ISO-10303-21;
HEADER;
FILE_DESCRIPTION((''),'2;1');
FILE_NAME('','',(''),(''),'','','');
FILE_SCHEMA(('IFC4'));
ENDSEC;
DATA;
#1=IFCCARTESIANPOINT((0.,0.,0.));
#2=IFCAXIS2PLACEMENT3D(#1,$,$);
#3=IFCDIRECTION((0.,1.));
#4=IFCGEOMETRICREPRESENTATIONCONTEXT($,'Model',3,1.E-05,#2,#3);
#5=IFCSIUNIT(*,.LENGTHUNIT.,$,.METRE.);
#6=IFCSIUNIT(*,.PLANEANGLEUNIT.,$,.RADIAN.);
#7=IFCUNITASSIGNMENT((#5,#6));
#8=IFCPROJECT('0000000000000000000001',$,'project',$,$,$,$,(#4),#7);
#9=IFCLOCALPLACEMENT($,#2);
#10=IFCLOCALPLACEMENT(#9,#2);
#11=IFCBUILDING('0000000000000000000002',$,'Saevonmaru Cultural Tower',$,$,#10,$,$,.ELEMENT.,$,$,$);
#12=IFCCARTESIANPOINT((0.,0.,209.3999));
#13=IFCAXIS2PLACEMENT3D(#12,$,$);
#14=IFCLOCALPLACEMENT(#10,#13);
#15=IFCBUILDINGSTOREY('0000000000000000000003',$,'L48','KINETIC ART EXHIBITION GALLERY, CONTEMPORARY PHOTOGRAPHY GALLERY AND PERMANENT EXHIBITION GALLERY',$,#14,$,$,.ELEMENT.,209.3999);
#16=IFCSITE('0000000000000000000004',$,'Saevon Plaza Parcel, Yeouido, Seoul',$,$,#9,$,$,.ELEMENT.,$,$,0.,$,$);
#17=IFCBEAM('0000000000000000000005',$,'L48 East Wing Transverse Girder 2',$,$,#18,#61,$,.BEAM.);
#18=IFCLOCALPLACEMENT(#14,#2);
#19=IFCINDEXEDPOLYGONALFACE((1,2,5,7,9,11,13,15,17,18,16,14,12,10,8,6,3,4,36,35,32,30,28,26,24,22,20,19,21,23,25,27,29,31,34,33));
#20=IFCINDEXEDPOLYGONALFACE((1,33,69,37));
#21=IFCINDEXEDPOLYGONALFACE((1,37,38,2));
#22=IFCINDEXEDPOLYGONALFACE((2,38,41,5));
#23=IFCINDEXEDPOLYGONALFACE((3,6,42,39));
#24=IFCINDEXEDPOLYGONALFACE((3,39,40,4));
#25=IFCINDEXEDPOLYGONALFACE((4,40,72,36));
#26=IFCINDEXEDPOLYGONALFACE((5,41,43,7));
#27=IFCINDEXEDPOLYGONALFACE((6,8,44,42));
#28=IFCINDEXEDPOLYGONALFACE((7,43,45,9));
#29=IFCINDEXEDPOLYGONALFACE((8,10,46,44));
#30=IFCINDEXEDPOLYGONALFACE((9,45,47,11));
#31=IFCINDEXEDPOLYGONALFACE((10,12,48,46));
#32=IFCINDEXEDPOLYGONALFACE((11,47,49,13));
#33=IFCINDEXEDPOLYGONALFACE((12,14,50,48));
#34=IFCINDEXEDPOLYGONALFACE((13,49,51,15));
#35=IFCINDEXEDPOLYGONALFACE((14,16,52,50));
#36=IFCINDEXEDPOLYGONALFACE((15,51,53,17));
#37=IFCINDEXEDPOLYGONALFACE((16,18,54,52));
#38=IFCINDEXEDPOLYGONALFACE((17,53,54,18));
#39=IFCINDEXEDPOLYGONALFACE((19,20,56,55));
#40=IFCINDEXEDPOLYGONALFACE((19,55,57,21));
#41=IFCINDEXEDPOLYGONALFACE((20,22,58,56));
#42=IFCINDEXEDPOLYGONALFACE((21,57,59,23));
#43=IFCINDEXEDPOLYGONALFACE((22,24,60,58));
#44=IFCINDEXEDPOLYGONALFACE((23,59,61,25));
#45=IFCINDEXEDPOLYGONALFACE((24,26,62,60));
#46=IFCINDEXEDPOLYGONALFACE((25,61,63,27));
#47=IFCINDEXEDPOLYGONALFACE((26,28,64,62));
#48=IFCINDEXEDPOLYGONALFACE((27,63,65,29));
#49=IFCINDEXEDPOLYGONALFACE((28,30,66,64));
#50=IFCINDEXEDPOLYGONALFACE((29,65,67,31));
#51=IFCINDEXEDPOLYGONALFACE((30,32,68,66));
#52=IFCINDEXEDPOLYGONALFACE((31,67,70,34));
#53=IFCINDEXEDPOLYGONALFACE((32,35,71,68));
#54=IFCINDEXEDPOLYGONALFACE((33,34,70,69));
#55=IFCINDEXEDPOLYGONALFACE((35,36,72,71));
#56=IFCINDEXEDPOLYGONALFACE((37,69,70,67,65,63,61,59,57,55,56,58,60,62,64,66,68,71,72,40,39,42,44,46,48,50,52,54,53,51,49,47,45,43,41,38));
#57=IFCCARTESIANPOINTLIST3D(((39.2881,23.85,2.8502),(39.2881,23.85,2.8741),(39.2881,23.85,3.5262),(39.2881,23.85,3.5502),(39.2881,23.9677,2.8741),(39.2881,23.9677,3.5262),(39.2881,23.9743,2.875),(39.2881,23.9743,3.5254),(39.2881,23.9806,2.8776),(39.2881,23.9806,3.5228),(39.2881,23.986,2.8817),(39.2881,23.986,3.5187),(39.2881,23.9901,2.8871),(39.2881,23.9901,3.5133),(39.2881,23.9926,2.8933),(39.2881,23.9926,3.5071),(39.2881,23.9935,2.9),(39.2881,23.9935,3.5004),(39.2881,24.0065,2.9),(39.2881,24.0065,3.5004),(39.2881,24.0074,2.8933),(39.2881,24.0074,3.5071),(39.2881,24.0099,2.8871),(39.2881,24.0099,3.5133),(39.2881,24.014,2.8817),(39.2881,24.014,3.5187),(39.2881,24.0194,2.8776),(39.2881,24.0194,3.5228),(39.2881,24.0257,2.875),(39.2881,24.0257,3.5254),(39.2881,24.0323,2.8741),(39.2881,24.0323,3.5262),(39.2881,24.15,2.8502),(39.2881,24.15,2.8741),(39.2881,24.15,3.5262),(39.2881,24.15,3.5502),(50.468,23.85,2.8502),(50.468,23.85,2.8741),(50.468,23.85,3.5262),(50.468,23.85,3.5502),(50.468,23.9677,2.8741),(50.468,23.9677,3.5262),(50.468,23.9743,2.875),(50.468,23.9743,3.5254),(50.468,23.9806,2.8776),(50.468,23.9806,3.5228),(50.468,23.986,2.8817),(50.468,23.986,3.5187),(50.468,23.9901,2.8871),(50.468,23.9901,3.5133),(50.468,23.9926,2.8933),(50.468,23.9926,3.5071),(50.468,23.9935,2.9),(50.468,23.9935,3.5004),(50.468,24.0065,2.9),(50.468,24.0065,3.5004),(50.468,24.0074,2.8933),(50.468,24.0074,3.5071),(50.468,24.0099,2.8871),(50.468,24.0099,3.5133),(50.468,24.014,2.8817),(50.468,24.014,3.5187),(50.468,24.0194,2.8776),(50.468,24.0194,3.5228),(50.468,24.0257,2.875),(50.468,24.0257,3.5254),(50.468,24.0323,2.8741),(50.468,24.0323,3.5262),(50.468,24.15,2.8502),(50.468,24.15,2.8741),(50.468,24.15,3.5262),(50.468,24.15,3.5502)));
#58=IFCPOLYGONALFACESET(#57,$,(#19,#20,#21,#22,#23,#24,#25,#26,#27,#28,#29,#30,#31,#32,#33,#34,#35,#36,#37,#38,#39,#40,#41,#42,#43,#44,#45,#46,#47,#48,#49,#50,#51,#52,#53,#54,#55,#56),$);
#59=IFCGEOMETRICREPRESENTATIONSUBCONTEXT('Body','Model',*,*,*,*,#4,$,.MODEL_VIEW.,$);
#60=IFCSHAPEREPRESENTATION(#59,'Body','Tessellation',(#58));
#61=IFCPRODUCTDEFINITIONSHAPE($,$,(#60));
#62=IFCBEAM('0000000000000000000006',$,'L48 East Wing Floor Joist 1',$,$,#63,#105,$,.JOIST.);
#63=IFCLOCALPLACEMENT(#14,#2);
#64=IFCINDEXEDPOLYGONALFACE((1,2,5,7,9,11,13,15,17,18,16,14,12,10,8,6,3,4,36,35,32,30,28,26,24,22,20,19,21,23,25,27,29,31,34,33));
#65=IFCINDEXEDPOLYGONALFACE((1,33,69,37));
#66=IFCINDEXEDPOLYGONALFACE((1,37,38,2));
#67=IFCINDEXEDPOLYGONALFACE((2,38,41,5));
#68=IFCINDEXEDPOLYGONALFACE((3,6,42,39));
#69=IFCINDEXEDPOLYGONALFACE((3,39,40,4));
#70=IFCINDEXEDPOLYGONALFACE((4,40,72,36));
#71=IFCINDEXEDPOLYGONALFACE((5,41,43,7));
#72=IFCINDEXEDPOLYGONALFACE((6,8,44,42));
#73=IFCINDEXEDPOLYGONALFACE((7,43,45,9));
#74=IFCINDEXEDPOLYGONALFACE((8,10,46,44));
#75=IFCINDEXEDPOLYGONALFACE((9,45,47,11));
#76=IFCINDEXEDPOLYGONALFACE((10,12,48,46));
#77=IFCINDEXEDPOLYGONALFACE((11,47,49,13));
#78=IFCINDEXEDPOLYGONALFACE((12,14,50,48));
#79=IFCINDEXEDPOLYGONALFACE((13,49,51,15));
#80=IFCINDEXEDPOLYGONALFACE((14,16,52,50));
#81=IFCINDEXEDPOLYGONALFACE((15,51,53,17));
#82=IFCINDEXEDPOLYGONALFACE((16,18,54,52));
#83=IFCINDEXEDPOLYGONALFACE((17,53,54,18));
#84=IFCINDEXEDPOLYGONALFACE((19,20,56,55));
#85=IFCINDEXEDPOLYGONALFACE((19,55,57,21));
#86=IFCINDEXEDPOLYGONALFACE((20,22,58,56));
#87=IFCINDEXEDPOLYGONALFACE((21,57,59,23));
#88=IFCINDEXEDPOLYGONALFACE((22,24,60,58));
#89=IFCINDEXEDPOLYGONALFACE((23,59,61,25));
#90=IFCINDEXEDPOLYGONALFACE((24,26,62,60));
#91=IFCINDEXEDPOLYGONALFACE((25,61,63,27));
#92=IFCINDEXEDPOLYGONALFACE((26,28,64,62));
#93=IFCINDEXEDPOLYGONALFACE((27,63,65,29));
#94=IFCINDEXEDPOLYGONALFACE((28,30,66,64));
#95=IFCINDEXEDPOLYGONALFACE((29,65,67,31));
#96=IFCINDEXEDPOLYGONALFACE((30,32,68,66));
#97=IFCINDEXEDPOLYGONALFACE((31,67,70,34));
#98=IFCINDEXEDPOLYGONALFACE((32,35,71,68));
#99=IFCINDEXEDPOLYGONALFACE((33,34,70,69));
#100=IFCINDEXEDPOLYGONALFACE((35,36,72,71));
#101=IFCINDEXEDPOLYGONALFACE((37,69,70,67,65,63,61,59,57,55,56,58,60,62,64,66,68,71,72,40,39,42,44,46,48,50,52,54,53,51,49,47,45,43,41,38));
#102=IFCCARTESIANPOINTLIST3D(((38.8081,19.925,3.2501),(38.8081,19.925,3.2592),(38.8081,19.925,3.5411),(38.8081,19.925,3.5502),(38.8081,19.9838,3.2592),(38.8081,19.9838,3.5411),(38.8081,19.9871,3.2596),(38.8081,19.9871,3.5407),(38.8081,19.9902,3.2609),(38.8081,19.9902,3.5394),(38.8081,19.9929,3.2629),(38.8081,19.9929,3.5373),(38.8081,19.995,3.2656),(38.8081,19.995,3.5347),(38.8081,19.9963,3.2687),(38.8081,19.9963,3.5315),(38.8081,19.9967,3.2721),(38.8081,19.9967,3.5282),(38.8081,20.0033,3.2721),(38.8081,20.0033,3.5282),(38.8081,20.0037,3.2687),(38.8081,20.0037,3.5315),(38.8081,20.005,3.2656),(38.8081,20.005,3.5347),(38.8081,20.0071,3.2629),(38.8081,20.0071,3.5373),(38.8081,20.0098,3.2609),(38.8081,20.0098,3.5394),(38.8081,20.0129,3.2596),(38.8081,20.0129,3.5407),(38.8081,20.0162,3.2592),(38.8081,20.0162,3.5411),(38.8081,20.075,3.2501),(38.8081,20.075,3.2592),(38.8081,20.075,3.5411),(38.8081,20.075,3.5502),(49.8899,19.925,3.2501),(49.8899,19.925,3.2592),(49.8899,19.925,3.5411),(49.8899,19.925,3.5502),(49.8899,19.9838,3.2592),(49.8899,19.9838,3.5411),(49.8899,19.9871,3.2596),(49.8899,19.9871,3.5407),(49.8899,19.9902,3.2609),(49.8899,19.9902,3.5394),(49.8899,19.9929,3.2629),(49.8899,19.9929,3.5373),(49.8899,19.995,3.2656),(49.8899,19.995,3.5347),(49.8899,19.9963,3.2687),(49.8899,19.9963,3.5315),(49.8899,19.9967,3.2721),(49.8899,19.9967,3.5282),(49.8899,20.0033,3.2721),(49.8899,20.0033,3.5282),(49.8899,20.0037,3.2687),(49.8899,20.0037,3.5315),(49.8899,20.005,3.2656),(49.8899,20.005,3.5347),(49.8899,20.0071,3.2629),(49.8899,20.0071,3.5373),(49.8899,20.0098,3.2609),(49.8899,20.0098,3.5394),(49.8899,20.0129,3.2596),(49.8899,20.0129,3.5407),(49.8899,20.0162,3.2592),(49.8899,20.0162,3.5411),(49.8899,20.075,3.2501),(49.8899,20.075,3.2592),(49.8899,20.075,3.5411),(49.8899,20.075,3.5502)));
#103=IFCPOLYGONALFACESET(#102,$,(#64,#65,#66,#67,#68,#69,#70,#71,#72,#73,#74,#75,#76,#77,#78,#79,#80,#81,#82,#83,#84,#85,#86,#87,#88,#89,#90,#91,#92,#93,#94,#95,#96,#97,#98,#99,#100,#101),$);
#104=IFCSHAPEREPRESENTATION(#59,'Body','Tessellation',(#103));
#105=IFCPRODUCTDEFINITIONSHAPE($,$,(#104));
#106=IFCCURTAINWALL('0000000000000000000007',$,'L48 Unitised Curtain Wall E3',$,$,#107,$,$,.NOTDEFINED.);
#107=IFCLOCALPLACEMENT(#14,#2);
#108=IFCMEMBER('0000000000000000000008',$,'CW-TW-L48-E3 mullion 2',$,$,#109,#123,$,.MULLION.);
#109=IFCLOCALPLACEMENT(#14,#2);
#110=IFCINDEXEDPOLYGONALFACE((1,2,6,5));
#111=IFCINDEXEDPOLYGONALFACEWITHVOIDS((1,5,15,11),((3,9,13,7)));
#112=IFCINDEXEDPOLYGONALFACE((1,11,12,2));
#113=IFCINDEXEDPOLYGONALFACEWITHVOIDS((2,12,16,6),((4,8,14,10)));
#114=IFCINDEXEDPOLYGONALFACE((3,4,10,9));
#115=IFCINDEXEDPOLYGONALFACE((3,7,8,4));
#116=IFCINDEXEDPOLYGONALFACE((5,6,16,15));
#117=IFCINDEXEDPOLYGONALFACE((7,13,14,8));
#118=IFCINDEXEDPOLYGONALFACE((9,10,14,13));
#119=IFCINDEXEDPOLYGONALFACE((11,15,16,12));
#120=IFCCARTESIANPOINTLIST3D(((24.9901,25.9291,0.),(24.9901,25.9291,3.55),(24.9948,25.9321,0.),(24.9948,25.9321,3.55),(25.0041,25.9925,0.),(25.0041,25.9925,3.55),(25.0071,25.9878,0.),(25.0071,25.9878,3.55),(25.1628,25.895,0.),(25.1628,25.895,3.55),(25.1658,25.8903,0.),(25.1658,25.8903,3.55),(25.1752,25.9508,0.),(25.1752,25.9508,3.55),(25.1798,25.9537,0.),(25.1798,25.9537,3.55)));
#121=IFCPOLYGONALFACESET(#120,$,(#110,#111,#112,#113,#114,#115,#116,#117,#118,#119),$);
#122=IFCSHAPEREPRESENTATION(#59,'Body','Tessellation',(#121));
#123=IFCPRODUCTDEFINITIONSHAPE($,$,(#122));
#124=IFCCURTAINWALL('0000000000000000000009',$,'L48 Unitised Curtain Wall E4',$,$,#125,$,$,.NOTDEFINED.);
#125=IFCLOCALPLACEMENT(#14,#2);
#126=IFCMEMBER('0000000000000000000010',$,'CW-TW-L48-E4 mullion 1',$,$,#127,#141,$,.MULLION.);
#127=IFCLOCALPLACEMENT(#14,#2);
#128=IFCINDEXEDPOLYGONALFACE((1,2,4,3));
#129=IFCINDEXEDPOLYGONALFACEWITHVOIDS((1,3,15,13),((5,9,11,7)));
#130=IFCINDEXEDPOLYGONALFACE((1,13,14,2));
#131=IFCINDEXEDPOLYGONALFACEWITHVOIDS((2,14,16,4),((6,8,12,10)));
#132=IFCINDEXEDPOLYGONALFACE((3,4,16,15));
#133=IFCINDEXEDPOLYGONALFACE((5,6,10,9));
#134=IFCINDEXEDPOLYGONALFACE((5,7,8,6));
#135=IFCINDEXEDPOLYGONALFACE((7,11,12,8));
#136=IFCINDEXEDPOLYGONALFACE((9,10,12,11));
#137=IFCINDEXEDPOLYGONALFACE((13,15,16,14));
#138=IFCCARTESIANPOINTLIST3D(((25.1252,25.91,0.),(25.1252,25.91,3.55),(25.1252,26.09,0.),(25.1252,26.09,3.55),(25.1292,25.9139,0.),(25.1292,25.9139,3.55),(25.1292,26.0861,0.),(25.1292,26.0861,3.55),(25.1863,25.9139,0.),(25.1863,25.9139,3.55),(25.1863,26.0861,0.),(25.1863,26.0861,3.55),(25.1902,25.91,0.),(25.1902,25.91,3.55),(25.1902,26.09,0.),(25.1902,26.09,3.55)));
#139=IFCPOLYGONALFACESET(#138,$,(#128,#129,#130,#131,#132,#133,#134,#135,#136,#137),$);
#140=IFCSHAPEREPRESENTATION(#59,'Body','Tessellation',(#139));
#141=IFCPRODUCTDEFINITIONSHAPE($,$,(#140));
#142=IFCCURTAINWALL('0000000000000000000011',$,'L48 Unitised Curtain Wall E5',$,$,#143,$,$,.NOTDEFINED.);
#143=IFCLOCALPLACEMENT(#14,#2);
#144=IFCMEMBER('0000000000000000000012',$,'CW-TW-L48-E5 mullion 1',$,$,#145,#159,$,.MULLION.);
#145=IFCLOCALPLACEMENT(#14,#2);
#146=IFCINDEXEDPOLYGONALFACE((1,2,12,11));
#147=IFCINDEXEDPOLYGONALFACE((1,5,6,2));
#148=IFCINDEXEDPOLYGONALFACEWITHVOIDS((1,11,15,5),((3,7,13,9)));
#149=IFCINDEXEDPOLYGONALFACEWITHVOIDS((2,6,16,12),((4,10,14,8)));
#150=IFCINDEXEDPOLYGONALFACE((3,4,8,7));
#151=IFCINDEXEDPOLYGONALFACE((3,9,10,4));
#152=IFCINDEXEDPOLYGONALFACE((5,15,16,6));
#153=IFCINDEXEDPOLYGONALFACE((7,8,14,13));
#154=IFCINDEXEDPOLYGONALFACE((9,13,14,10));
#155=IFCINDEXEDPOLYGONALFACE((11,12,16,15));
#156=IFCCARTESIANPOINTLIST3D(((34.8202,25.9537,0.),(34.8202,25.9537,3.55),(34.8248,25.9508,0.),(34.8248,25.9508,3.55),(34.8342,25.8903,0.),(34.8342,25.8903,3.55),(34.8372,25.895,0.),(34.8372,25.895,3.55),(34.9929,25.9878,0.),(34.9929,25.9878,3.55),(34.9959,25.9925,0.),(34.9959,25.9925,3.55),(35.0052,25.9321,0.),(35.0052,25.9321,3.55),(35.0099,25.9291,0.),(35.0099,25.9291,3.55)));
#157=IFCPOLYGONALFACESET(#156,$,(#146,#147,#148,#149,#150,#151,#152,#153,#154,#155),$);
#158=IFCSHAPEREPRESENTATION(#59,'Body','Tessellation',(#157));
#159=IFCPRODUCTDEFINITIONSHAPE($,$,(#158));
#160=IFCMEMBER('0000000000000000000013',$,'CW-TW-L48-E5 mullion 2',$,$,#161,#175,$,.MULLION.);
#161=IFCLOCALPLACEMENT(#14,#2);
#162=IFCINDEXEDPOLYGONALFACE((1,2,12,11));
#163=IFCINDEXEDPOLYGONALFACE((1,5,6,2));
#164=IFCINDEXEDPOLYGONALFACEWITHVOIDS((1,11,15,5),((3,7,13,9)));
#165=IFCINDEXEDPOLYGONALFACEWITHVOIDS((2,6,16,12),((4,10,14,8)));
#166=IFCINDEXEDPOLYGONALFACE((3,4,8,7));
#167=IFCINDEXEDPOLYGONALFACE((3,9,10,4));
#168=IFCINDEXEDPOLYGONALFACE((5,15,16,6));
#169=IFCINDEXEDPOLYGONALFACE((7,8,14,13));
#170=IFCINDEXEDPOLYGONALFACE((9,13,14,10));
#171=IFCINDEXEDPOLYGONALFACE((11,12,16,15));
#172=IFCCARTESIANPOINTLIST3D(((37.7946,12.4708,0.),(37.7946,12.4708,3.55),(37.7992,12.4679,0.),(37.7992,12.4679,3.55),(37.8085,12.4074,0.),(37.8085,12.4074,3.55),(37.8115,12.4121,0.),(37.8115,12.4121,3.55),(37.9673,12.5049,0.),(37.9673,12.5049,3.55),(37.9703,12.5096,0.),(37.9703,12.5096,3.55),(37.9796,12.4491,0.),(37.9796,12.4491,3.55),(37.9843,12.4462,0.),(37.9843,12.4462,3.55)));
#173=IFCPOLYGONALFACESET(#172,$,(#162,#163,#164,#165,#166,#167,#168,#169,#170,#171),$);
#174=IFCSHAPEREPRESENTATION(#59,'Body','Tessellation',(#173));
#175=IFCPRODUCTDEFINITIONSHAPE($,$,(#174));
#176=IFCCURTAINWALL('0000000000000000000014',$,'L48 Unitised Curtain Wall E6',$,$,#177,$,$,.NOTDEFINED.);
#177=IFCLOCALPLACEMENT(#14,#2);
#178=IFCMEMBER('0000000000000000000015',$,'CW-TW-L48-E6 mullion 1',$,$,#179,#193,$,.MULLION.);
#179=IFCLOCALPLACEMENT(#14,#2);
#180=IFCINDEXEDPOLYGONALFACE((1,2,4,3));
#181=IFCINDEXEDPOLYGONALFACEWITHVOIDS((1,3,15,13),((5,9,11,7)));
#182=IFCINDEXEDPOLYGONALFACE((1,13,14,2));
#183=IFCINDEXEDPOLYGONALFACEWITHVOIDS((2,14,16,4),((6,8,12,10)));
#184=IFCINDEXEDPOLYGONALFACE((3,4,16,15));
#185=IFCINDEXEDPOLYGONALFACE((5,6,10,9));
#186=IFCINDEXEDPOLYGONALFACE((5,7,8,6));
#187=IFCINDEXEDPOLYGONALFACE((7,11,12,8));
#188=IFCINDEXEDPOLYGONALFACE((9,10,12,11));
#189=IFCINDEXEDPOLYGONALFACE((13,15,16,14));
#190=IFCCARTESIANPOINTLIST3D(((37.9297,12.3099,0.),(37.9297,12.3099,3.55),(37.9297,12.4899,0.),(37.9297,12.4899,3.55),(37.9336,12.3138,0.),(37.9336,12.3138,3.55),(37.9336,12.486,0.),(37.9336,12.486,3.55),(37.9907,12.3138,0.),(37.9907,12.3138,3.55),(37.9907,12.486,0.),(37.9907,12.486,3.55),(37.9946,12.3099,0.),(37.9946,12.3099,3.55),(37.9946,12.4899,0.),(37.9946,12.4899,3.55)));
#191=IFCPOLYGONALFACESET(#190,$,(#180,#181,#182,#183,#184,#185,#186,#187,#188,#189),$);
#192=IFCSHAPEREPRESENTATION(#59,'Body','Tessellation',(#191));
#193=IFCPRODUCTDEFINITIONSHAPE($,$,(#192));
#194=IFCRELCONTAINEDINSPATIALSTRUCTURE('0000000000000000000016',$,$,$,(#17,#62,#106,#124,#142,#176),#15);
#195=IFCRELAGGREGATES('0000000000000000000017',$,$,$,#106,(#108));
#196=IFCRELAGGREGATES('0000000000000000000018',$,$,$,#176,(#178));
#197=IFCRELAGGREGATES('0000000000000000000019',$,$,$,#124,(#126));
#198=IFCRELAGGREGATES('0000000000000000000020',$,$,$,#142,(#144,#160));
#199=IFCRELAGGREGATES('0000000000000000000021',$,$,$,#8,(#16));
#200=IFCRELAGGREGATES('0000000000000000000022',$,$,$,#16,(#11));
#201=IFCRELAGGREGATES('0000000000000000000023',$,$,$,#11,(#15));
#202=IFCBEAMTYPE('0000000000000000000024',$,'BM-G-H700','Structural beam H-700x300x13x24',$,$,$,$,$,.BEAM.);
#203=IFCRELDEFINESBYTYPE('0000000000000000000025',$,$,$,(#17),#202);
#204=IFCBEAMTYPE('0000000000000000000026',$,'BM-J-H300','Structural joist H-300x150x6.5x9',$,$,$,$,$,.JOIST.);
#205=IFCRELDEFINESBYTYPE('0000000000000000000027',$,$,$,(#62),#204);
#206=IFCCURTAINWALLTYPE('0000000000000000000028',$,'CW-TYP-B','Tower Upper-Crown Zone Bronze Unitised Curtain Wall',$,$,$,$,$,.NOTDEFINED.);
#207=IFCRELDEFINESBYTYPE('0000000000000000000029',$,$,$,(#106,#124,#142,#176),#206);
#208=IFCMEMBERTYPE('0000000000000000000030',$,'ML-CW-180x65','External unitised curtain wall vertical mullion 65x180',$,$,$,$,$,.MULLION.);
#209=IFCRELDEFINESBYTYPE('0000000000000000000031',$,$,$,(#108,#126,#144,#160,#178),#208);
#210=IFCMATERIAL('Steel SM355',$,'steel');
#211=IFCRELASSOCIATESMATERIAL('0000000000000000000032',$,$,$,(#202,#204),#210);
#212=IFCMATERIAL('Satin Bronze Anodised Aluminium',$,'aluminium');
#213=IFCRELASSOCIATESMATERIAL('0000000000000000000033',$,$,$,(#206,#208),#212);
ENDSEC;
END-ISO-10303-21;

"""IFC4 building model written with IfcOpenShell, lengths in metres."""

from ifc_helpers import new_model, si_unit, direction, frame, origin, origin_2d, place, context, subcontext, project, spatial, hollow_rectangle, i_section, extrude, material, material_profile, profile_set, type_object, element, aggregate, save


model = new_model("IFC4")

# Units and contexts
model_context = context("Model", 3, precision=1e-05, world=origin(), true_north=direction((0.0, 1.0)))
body_context = subcontext(model_context, "Body", "Model", "MODEL_VIEW")
ifc_project = project(units=[si_unit("LENGTHUNIT", "METRE"), si_unit("PLANEANGLEUNIT", "RADIAN")], contexts=[model_context])

# Site, building, storey
site_placement = place(None, origin())
site = spatial("IfcSite", under=ifc_project, at=site_placement, Name="Saevon Plaza Parcel, Yeouido, Seoul", CompositionType="ELEMENT", RefElevation=0.0)
building_placement = place(site_placement, origin())
building = spatial("IfcBuilding", under=site, at=building_placement, Name="Saevonmaru Cultural Tower", CompositionType="ELEMENT")
storey_placement = place(building_placement, frame((0.0, 0.0, 209.3999)))
storey = spatial("IfcBuildingStorey", under=building, at=storey_placement, Name="L48", Description="KINETIC ART EXHIBITION GALLERY, CONTEMPORARY PHOTOGRAPHY GALLERY AND PERMANENT EXHIBITION GALLERY", CompositionType="ELEMENT", Elevation=209.3999)

# Shared definitions
ifc_material_1 = material(Name="Steel SM355", Category="steel")

# Beams
ifc_material_profile_1 = material_profile(ifc_material_1, i_section(OverallWidth=0.3, OverallDepth=0.7, WebThickness=0.0129, FlangeThickness=0.0239, FilletRadius=0.0259, at=origin_2d()), Name="H-700x300x13x24")
ifc_profile_set_1 = profile_set([ifc_material_profile_1], Name="Steel SM355")
beam_type_1 = type_object("IfcBeamType", Name="BM-G-H700", Description="Structural beam H-700x300x13x24", PredefinedType="BEAM", material=ifc_profile_set_1)
for number, where, z_axis, x_axis, name in (
    (1, (39.2881, 24.0, 3.2002), (1.0, 0.0, 0.0), (0.0, 1.0, 0.0), "L48 East Wing Transverse Girder 2"),
):
    element("IfcBeam", number, at=place(storey_placement, frame(where, z_axis=z_axis, x_axis=x_axis)), inside=storey, type_object=beam_type_1, Name=name, PredefinedType="BEAM", context=body_context, shape_type="SweptSolid", body=[
        extrude(i_section(OverallWidth=0.3, OverallDepth=0.7, WebThickness=0.0129, FlangeThickness=0.0239, FilletRadius=0.0259, at=origin_2d()), origin(), (0.0, 0.0, 1.0), 11.1799),
    ])
ifc_material_profile_2 = material_profile(ifc_material_1, i_section(OverallWidth=0.1499, OverallDepth=0.3, WebThickness=0.0066, FlangeThickness=0.009, FilletRadius=0.0129, at=origin_2d()), Name="H-300x150x6.5x9")
ifc_profile_set_2 = profile_set([ifc_material_profile_2], Name="Steel SM355")
beam_type_2 = type_object("IfcBeamType", Name="BM-J-H300", Description="Structural joist H-300x150x6.5x9", PredefinedType="JOIST", material=ifc_profile_set_2)
beam_placement = place(storey_placement, frame((38.8081, 20.0, 3.4001), z_axis=(1.0, 0.0, 0.0), x_axis=(0.0, 1.0, 0.0)))
element("IfcBeam", 2, at=beam_placement, inside=storey, type_object=beam_type_2, Name="L48 East Wing Floor Joist 1", PredefinedType="JOIST", context=body_context, shape_type="SweptSolid", body=[
    extrude(i_section(OverallWidth=0.1499, OverallDepth=0.3, WebThickness=0.0066, FlangeThickness=0.009, FilletRadius=0.0129, at=origin_2d()), origin(), (0.0, 0.0, 1.0), 11.0818),
])

# Curtain walls, members
ifc_material_2 = material(Name="Satin Bronze Anodised Aluminium", Category="aluminium")
curtain_wall_type = type_object("IfcCurtainWallType", Name="CW-TYP-B", Description="Tower Upper-Crown Zone Bronze Unitised Curtain Wall", PredefinedType="NOTDEFINED", material=ifc_material_2)
curtain_wall_1_placement = place(storey_placement, origin())
curtain_wall_1 = element("IfcCurtainWall", 3, at=curtain_wall_1_placement, inside=storey, type_object=curtain_wall_type, Name="L48 Unitised Curtain Wall E3", PredefinedType="NOTDEFINED")
ifc_material_profile_3 = material_profile(ifc_material_2, hollow_rectangle(XDim=0.0649, YDim=0.1799, WallThickness=0.0039, at=origin_2d()), Name="ALU-MULL-180x65x4")
ifc_profile_set_3 = profile_set([ifc_material_profile_3], Name="Satin Bronze Anodised Aluminium")
member_type_1 = type_object("IfcMemberType", Name="ML-CW-180x65", Description="External unitised curtain wall vertical mullion 65x180", PredefinedType="MULLION", material=ifc_profile_set_3)
member_1_placement = place(storey_placement, frame((25.085, 25.9414, 0.0), z_axis=(0.0, 0.0, 1.0), x_axis=(0.215413, 0.976523, 0.0)))
member_1 = element("IfcMember", 4, at=member_1_placement, type_object=member_type_1, Name="CW-TW-L48-E3 mullion 2", PredefinedType="MULLION", context=body_context, shape_type="SweptSolid", body=[
    extrude(hollow_rectangle(XDim=0.0649, YDim=0.1799, WallThickness=0.0039, at=origin_2d()), origin(), (0.0, 0.0, 1.0), 3.55),
])
aggregate(curtain_wall_1, [member_1])
curtain_wall_2_placement = place(storey_placement, origin())
curtain_wall_2 = element("IfcCurtainWall", 5, at=curtain_wall_2_placement, inside=storey, type_object=curtain_wall_type, Name="L48 Unitised Curtain Wall E4", PredefinedType="NOTDEFINED")
member_2_placement = place(storey_placement, frame((25.1577, 26.0, 0.0), z_axis=(0.0, 0.0, 1.0), x_axis=(1.0, 0.0, 0.0)))
member_2 = element("IfcMember", 6, at=member_2_placement, type_object=member_type_1, Name="CW-TW-L48-E4 mullion 1", PredefinedType="MULLION", context=body_context, shape_type="SweptSolid", body=[
    extrude(hollow_rectangle(XDim=0.0649, YDim=0.1799, WallThickness=0.0039, at=origin_2d()), origin(), (0.0, 0.0, 1.0), 3.55),
])

# Curtain wall, members
curtain_wall_3_placement = place(storey_placement, origin())
curtain_wall_3 = element("IfcCurtainWall", 7, at=curtain_wall_3_placement, inside=storey, type_object=curtain_wall_type, Name="L48 Unitised Curtain Wall E5", PredefinedType="NOTDEFINED")
member_3_placement = place(storey_placement, frame((34.915, 25.9414, 0.0), z_axis=(0.0, 0.0, 1.0), x_axis=(0.215413, -0.976523, 0.0)))
member_3 = element("IfcMember", 8, at=member_3_placement, type_object=member_type_1, Name="CW-TW-L48-E5 mullion 1", PredefinedType="MULLION", context=body_context, shape_type="SweptSolid", body=[
    extrude(hollow_rectangle(XDim=0.0649, YDim=0.1799, WallThickness=0.0039, at=origin_2d()), origin(), (0.0, 0.0, 1.0), 3.55),
])
member_4_placement = place(storey_placement, frame((37.8894, 12.4585, 0.0), z_axis=(0.0, 0.0, 1.0), x_axis=(0.215413, -0.976523, 0.0)))
member_4 = element("IfcMember", 9, at=member_4_placement, type_object=member_type_1, Name="CW-TW-L48-E5 mullion 2", PredefinedType="MULLION", context=body_context, shape_type="SweptSolid", body=[
    extrude(hollow_rectangle(XDim=0.0649, YDim=0.1799, WallThickness=0.0039, at=origin_2d()), origin(), (0.0, 0.0, 1.0), 3.55),
])

# Curtain wall, member
curtain_wall_4_placement = place(storey_placement, origin())
curtain_wall_4 = element("IfcCurtainWall", 10, at=curtain_wall_4_placement, inside=storey, type_object=curtain_wall_type, Name="L48 Unitised Curtain Wall E6", PredefinedType="NOTDEFINED")
member_5_placement = place(storey_placement, frame((37.9622, 12.3999, 0.0), z_axis=(0.0, 0.0, 1.0), x_axis=(1.0, 0.0, 0.0)))
member_5 = element("IfcMember", 11, at=member_5_placement, type_object=member_type_1, Name="CW-TW-L48-E6 mullion 1", PredefinedType="MULLION", context=body_context, shape_type="SweptSolid", body=[
    extrude(hollow_rectangle(XDim=0.0649, YDim=0.1799, WallThickness=0.0039, at=origin_2d()), origin(), (0.0, 0.0, 1.0), 3.55),
])

aggregate(curtain_wall_4, [member_5])

aggregate(curtain_wall_2, [member_2])
aggregate(curtain_wall_3, [member_3, member_4])

save(model, "model.ifc")
